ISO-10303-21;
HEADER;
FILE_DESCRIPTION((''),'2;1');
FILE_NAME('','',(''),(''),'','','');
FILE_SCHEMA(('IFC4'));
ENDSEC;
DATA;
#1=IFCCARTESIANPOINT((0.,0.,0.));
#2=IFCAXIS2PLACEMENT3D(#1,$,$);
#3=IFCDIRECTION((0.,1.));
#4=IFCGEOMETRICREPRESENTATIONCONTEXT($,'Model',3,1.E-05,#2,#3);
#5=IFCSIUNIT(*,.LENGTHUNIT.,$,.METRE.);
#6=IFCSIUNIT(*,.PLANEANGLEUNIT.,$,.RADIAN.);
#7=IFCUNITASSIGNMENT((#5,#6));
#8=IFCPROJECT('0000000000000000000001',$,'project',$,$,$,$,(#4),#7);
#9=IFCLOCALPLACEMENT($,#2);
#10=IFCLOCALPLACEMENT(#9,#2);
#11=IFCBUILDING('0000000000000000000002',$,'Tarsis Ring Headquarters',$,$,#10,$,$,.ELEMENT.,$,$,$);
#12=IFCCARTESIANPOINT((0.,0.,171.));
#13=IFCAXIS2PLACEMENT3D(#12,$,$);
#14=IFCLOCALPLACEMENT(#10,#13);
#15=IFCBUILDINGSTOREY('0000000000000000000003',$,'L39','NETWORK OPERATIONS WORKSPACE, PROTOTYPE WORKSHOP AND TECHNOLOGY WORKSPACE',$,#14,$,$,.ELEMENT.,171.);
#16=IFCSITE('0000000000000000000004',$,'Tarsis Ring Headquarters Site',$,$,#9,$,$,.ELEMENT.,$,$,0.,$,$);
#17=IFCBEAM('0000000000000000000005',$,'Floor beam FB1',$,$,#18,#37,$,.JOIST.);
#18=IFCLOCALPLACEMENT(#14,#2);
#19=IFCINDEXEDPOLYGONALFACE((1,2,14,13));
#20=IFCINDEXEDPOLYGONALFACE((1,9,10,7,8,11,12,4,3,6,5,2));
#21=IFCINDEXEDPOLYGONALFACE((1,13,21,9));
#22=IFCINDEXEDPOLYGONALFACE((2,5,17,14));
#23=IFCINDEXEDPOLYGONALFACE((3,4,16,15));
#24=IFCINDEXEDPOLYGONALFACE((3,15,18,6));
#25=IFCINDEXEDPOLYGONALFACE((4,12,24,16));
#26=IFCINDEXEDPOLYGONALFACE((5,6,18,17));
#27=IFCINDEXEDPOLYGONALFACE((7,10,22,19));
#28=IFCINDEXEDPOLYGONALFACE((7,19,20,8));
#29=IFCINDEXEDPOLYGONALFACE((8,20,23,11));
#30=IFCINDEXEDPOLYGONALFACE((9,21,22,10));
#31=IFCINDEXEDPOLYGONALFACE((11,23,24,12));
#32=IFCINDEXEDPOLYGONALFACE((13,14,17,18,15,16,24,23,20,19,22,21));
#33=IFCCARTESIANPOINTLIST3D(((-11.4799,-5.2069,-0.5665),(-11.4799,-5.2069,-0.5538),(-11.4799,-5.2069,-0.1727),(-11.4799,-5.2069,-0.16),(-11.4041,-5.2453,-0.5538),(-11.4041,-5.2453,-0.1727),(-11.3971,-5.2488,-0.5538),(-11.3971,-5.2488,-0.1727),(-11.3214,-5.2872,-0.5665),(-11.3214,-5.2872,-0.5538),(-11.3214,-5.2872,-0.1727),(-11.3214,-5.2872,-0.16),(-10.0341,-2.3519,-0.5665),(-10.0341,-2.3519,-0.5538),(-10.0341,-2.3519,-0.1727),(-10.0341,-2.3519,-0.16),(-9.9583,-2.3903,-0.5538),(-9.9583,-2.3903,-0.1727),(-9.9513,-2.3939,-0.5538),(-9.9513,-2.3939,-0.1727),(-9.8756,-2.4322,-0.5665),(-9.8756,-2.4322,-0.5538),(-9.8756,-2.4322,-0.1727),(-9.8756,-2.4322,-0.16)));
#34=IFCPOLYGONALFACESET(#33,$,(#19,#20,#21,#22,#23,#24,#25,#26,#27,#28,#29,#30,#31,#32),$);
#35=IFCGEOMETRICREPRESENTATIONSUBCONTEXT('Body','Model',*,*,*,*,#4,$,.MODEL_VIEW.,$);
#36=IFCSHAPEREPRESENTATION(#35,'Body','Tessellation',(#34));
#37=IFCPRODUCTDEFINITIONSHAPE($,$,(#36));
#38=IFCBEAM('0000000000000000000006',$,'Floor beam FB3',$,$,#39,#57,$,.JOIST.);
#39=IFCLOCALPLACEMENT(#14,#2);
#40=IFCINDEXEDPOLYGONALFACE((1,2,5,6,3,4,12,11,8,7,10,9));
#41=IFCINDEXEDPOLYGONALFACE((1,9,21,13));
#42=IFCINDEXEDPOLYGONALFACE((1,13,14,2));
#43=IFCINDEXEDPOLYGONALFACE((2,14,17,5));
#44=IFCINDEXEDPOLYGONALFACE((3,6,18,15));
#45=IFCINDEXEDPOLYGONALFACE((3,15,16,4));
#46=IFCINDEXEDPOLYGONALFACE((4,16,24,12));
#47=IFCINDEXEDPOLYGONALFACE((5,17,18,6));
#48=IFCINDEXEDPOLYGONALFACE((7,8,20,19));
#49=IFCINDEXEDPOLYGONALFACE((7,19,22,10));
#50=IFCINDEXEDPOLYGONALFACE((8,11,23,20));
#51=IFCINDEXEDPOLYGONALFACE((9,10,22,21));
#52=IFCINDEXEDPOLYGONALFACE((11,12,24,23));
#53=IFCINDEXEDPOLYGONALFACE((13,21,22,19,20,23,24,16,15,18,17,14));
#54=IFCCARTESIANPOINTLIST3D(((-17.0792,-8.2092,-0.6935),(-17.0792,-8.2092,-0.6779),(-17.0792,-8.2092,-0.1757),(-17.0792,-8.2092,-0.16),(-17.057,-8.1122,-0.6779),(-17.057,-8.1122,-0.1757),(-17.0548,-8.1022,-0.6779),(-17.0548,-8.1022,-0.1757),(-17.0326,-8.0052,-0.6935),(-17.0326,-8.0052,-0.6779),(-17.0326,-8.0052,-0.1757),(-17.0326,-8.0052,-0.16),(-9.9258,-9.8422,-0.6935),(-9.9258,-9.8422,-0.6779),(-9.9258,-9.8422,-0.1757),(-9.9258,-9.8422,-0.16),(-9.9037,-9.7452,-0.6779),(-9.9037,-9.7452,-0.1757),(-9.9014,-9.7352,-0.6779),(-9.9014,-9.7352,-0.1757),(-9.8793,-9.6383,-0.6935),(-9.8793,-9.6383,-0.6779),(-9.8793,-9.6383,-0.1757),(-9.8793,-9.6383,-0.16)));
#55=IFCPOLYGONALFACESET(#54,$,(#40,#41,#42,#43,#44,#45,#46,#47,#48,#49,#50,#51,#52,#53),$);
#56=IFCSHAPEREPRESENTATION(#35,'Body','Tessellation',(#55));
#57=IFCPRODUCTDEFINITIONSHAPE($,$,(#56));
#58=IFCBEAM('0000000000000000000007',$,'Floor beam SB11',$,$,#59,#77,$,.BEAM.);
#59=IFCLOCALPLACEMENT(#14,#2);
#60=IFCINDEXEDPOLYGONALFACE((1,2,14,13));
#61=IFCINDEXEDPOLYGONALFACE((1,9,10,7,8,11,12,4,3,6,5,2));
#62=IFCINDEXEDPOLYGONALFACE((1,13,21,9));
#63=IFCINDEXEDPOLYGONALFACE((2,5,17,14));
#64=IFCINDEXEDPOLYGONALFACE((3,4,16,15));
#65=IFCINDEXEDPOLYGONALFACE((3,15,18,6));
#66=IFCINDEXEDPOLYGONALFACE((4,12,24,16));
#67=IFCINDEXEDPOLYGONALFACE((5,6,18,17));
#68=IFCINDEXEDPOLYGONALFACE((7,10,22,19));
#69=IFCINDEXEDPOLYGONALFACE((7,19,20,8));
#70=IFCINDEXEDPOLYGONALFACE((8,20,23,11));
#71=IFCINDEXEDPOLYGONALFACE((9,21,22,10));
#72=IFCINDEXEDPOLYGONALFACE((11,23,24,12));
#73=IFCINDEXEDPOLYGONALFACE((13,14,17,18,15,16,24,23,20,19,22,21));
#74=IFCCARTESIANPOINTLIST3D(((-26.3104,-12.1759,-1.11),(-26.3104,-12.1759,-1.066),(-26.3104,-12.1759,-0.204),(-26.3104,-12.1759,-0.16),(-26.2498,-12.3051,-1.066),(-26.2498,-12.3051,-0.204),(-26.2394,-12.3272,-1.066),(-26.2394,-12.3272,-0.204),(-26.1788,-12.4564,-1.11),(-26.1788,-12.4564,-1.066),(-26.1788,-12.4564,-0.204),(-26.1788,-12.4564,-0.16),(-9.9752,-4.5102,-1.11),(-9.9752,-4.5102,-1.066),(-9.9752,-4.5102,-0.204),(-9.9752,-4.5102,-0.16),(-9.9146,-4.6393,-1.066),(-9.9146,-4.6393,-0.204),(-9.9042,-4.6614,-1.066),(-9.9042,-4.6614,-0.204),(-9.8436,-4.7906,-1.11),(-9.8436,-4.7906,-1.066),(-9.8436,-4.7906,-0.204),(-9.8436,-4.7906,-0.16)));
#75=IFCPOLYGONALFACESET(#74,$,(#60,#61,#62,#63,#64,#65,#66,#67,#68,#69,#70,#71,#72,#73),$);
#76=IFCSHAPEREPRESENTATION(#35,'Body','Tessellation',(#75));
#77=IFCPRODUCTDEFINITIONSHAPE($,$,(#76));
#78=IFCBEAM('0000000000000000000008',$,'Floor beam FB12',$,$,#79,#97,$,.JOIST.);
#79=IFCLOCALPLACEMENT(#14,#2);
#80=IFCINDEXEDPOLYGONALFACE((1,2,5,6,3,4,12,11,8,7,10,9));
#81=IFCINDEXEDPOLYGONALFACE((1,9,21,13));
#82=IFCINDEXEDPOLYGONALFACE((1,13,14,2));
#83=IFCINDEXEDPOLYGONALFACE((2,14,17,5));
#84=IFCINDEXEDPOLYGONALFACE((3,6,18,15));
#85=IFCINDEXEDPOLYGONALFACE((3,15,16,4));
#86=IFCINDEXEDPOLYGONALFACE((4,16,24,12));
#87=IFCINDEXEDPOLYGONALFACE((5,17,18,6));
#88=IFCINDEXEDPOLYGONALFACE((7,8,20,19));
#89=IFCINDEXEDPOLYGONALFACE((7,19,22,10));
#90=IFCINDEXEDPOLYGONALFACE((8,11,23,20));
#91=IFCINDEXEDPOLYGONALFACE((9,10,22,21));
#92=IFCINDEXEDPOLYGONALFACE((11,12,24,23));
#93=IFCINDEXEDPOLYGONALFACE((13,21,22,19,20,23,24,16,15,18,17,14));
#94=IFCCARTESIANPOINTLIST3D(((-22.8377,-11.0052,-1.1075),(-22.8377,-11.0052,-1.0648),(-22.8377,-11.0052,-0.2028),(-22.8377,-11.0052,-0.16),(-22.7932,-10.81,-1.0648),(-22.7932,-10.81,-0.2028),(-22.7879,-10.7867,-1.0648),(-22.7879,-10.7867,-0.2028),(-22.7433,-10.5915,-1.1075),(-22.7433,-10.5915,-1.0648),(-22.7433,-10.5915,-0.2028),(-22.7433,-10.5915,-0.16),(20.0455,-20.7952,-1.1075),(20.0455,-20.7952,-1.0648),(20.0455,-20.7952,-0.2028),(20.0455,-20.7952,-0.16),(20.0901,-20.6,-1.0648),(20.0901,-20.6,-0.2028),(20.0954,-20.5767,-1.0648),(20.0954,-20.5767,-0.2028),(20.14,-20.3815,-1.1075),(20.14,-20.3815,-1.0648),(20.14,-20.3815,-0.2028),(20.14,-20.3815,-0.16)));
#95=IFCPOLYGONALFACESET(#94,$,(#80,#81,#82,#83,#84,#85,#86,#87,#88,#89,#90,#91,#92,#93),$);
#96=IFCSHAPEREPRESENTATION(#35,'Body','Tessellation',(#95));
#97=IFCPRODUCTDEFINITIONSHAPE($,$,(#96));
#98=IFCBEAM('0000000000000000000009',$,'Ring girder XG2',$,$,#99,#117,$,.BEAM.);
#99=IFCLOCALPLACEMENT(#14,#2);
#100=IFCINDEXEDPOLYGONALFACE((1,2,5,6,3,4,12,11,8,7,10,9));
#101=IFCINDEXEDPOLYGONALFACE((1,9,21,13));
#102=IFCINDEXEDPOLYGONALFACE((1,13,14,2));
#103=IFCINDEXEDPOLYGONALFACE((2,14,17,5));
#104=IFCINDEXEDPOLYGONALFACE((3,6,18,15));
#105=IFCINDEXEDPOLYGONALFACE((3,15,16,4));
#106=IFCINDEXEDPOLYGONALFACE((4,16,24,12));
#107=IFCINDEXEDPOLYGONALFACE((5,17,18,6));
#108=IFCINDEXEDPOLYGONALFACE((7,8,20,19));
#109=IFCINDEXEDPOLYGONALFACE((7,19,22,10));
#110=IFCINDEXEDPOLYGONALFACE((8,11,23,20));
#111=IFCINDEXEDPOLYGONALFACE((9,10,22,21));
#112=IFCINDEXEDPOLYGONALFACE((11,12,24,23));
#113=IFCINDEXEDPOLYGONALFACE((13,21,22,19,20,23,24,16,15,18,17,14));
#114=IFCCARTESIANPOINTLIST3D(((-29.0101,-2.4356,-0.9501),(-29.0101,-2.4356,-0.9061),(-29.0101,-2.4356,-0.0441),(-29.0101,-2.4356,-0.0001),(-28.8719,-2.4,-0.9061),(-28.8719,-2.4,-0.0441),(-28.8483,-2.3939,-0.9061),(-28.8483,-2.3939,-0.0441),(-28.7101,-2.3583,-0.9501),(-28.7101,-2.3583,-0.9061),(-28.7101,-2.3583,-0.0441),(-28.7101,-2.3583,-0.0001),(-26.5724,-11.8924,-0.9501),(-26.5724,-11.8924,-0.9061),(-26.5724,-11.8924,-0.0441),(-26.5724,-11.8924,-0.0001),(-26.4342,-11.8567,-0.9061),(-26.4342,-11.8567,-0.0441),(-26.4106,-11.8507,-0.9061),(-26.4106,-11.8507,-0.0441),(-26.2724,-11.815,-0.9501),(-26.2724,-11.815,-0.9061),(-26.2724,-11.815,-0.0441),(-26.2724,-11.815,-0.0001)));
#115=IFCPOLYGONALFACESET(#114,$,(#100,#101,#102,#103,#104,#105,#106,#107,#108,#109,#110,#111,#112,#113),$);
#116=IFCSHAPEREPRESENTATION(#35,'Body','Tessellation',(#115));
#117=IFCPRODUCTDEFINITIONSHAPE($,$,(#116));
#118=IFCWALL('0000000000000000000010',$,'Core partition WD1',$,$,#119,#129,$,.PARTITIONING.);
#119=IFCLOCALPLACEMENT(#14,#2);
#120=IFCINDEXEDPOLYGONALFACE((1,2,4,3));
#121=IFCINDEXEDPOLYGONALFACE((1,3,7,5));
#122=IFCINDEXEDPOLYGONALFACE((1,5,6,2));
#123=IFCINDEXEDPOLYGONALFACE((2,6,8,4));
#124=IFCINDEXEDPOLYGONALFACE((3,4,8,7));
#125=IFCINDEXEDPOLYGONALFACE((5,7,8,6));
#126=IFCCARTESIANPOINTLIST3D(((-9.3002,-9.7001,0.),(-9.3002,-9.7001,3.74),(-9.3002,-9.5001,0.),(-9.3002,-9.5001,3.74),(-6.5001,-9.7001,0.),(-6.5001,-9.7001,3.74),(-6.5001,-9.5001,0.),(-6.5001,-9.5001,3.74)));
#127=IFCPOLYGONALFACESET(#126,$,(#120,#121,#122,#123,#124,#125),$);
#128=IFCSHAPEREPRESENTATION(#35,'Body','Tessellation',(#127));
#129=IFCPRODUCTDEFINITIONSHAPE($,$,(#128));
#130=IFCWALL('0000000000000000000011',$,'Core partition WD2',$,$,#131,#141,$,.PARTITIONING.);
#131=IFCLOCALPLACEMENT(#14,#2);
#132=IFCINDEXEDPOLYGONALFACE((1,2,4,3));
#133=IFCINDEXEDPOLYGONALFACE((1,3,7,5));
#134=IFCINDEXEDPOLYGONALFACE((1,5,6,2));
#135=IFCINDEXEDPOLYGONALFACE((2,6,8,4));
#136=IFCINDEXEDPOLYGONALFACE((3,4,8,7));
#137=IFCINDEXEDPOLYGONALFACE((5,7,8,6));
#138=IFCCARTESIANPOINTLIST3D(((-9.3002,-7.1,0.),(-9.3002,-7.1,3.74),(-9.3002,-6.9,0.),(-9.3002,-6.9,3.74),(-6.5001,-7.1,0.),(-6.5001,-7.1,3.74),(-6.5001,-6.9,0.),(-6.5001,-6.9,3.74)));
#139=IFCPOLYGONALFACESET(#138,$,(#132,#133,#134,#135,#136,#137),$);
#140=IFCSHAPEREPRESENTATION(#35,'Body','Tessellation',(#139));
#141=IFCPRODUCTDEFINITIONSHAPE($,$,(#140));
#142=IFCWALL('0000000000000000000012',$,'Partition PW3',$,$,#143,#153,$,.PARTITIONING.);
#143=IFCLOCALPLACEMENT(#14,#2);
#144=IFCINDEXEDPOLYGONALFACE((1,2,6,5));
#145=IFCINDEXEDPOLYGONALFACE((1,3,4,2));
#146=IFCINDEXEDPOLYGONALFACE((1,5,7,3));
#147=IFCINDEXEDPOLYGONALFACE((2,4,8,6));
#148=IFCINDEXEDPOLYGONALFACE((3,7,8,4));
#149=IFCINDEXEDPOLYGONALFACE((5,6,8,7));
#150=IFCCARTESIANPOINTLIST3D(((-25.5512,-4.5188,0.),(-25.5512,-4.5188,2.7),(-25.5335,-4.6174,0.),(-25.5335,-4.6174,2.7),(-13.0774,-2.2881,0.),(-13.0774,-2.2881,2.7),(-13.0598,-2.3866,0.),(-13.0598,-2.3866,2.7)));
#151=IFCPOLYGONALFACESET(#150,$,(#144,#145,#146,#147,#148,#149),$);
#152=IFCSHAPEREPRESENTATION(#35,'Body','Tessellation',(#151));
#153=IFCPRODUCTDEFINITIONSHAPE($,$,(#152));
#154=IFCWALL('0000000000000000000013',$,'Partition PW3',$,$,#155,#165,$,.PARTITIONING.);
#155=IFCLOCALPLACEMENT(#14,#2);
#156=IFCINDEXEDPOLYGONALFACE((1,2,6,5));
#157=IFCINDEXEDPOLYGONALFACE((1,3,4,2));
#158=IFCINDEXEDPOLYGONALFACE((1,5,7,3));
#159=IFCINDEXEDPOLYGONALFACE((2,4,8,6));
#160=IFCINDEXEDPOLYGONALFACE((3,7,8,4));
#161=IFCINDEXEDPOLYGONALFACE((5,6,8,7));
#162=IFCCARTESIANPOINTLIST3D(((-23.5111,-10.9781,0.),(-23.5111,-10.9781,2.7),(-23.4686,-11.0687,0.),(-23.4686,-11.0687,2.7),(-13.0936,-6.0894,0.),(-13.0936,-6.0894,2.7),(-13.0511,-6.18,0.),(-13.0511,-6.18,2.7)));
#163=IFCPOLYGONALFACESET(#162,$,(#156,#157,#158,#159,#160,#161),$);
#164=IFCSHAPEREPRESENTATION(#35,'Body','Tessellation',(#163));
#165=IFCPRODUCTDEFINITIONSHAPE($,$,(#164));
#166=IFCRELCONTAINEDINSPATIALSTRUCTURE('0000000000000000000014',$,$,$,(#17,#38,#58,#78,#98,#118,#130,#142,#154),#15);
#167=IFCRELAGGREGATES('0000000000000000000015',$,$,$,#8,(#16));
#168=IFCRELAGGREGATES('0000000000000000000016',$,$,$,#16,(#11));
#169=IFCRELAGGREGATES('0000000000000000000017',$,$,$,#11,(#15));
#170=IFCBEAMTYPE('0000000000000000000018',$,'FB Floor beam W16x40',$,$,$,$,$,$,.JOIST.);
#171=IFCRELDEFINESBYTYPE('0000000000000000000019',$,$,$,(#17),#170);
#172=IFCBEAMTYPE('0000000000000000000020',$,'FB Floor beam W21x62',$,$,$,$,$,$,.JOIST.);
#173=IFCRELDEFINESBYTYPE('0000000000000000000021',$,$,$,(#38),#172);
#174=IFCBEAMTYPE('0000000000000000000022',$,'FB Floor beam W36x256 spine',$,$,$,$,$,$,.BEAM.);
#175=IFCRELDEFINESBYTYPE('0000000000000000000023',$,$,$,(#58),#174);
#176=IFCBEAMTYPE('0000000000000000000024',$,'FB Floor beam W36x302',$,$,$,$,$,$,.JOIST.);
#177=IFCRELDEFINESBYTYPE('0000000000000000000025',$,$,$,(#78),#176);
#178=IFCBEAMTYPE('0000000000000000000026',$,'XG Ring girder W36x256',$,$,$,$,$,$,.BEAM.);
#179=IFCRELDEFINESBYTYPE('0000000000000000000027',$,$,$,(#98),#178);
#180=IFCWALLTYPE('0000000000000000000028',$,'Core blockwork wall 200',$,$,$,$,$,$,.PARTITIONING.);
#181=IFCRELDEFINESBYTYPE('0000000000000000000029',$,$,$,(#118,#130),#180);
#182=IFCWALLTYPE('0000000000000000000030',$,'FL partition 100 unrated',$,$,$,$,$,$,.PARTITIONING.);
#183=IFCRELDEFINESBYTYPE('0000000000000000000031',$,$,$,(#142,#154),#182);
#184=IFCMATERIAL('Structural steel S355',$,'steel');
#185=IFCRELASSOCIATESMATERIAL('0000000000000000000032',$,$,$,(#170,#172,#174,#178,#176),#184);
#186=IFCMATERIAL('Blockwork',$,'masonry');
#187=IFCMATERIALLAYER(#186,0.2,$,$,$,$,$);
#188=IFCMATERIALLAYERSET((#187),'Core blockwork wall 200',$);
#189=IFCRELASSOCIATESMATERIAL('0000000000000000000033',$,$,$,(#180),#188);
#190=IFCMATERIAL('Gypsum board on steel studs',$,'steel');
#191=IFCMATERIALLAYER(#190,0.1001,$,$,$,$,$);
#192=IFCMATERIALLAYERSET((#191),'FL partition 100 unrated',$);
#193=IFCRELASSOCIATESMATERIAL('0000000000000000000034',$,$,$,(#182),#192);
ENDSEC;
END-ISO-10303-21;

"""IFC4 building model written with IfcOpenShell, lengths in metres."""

from ifc_helpers import new_model, si_unit, direction, frame, frame_2d, origin, origin_2d, place, context, subcontext, project, spatial, rectangle, i_section, extrude, material, layer, layer_set, material_profile, profile_set, type_object, element, save


model = new_model("IFC4")

# Units and contexts
model_context = context("Model", 3, precision=1e-05, world=origin(), true_north=direction((0.0, 1.0)))
body_context = subcontext(model_context, "Body", "Model", "MODEL_VIEW")
ifc_project = project(units=[si_unit("LENGTHUNIT", "METRE"), si_unit("PLANEANGLEUNIT", "RADIAN")], contexts=[model_context])

# Site, building, storey
site_placement = place(None, origin())
site = spatial("IfcSite", under=ifc_project, at=site_placement, Name="Tarsis Ring Headquarters Site", CompositionType="ELEMENT", RefElevation=0.0)
building_placement = place(site_placement, origin())
building = spatial("IfcBuilding", under=site, at=building_placement, Name="Tarsis Ring Headquarters", CompositionType="ELEMENT")
storey_placement = place(building_placement, frame((0.0, 0.0, 171.0)))
storey = spatial("IfcBuildingStorey", under=building, at=storey_placement, Name="L39", Description="NETWORK OPERATIONS WORKSPACE, PROTOTYPE WORKSHOP AND TECHNOLOGY WORKSPACE", CompositionType="ELEMENT", Elevation=171.0)

# Shared definitions
ifc_material_1 = material(Name="Structural steel S355", Category="steel")

# Beams
ifc_material_profile_1 = material_profile(ifc_material_1, i_section(OverallWidth=0.1777, OverallDepth=0.4065, WebThickness=0.0078, FlangeThickness=0.0127, at=origin_2d()), Name="W16x40")
ifc_profile_set_1 = profile_set([ifc_material_profile_1], Name="Structural steel S355")
beam_type_1 = type_object("IfcBeamType", Name="FB Floor beam W16x40", PredefinedType="JOIST", material=ifc_profile_set_1)
beam_1_placement = place(storey_placement, frame((-9.9548, -2.3921, -0.3633), z_axis=(-0.451785, -0.892127, 0.0), x_axis=(0.892127, -0.451785, 0.0)))
element("IfcBeam", 1, at=beam_1_placement, inside=storey, type_object=beam_type_1, Name="Floor beam FB1", PredefinedType="JOIST", context=body_context, shape_type="SweptSolid", body=[
    extrude(i_section(OverallWidth=0.1777, OverallDepth=0.4065, WebThickness=0.0078, FlangeThickness=0.0127, at=origin_2d()), origin(), (0.0, 0.0, 1.0), 3.2002),
])
ifc_material_profile_2 = material_profile(ifc_material_1, i_section(OverallWidth=0.2092, OverallDepth=0.5334, WebThickness=0.0103, FlangeThickness=0.0156, at=origin_2d()), Name="W21x62")
ifc_profile_set_2 = profile_set([ifc_material_profile_2], Name="Structural steel S355")
beam_type_2 = type_object("IfcBeamType", Name="FB Floor beam W21x62", PredefinedType="JOIST", material=ifc_profile_set_2)
beam_2_placement = place(storey_placement, frame((-17.0559, -8.1072, -0.4268), z_axis=(0.974917, -0.222567, 0.0), x_axis=(0.222567, 0.974917, 0.0)))
element("IfcBeam", 2, at=beam_2_placement, inside=storey, type_object=beam_type_2, Name="Floor beam FB3", PredefinedType="JOIST", context=body_context, shape_type="SweptSolid", body=[
    extrude(i_section(OverallWidth=0.2092, OverallDepth=0.5334, WebThickness=0.0103, FlangeThickness=0.0156, at=origin_2d()), origin(), (0.0, 0.0, 1.0), 7.3374),
])
ifc_material_profile_3 = material_profile(ifc_material_1, i_section(OverallWidth=0.3098, OverallDepth=0.95, WebThickness=0.0244, FlangeThickness=0.0439, at=origin_2d()), Name="W36x256")
ifc_profile_set_3 = profile_set([ifc_material_profile_3], Name="Structural steel S355")
beam_type_3 = type_object("IfcBeamType", Name="FB Floor beam W36x256 spine", PredefinedType="BEAM", material=ifc_profile_set_3)
beam_3_placement = place(storey_placement, frame((-9.9094, -4.6504, -0.635), z_axis=(-0.905275, -0.424827, 0.0), x_axis=(0.424827, -0.905275, 0.0)))
element("IfcBeam", 3, at=beam_3_placement, inside=storey, type_object=beam_type_3, Name="Floor beam SB11", PredefinedType="BEAM", context=body_context, shape_type="SweptSolid", body=[
    extrude(i_section(OverallWidth=0.3098, OverallDepth=0.95, WebThickness=0.0244, FlangeThickness=0.0439, at=origin_2d()), origin(), (0.0, 0.0, 1.0), 18.0444),
])
ifc_material_profile_4 = material_profile(ifc_material_1, i_section(OverallWidth=0.4243, OverallDepth=0.9475, WebThickness=0.0239, FlangeThickness=0.0427, at=origin_2d()), Name="W36x302")
ifc_profile_set_4 = profile_set([ifc_material_profile_4], Name="Structural steel S355")
beam_type_4 = type_object("IfcBeamType", Name="FB Floor beam W36x302", PredefinedType="JOIST", material=ifc_profile_set_4)
beam_4_placement = place(storey_placement, frame((-22.7905, -10.7983, -0.6338), z_axis=(0.974917, -0.222569, 0.0), x_axis=(0.222569, 0.974917, 0.0)))
element("IfcBeam", 4, at=beam_4_placement, inside=storey, type_object=beam_type_4, Name="Floor beam FB12", PredefinedType="JOIST", context=body_context, shape_type="SweptSolid", body=[
    extrude(i_section(OverallWidth=0.4243, OverallDepth=0.9475, WebThickness=0.0239, FlangeThickness=0.0427, at=origin_2d()), origin(), (0.0, 0.0, 1.0), 43.9866),
])
beam_type_5 = type_object("IfcBeamType", Name="XG Ring girder W36x256", PredefinedType="BEAM", material=ifc_profile_set_3)
beam_5_placement = place(storey_placement, frame((-28.8601, -2.397, -0.4751), z_axis=(0.249617, -0.968345, 0.0), x_axis=(0.968345, 0.249617, 0.0)))
element("IfcBeam", 5, at=beam_5_placement, inside=storey, type_object=beam_type_5, Name="Ring girder XG2", PredefinedType="BEAM", context=body_context, shape_type="SweptSolid", body=[
    extrude(i_section(OverallWidth=0.3098, OverallDepth=0.95, WebThickness=0.0244, FlangeThickness=0.0439, at=origin_2d()), origin(), (0.0, 0.0, 1.0), 9.7659),
])

# Walls
ifc_material_2 = material(Name="Blockwork", Category="masonry")
ifc_layer_1 = layer(ifc_material_2, 0.2)
ifc_layer_set_1 = layer_set([ifc_layer_1], Name="Core blockwork wall 200")
wall_type_1 = type_object("IfcWallType", Name="Core blockwork wall 200", PredefinedType="PARTITIONING", material=ifc_layer_set_1)
for number, where, z_axis, x_axis, name in (
    (6, (-9.3, -9.6001, 0.0), (0.0, 0.0, 1.0), (1.0, 0.0, 0.0), "Core partition WD1"),
    (7, (-9.3, -7.0, 0.0), (0.0, 0.0, 1.0), (1.0, 0.0, 0.0), "Core partition WD2"),
):
    element("IfcWall", number, at=place(storey_placement, frame(where, z_axis=z_axis, x_axis=x_axis)), inside=storey, type_object=wall_type_1, Name=name, PredefinedType="PARTITIONING", context=body_context, shape_type="SweptSolid", body=[
        extrude(rectangle(XDim=2.8, YDim=0.2, at=frame_2d((1.3999, 0.0))), origin(), (0.0, 0.0, 1.0), 3.74),
    ])
ifc_material_3 = material(Name="Gypsum board on steel studs", Category="steel")
ifc_layer_2 = layer(ifc_material_3, 0.1001)
ifc_layer_set_2 = layer_set([ifc_layer_2], Name="FL partition 100 unrated")
wall_type_2 = type_object("IfcWallType", Name="FL partition 100 unrated", PredefinedType="PARTITIONING", material=ifc_layer_set_2)
wall_1_placement = place(storey_placement, frame((-25.5425, -4.5681, 0.0), z_axis=(0.0, 0.0, 1.0), x_axis=(0.984383, 0.176041, 0.0)))
element("IfcWall", 8, at=wall_1_placement, inside=storey, type_object=wall_type_2, Name="Partition PW3", PredefinedType="PARTITIONING", context=body_context, shape_type="SweptSolid", body=[
    extrude(rectangle(XDim=12.6716, YDim=0.1001, at=frame_2d((6.3359, 0.0))), origin(), (0.0, 0.0, 1.0), 2.7),
])
wall_2_placement = place(storey_placement, frame((-23.49, -11.0234, 0.0), z_axis=(0.0, 0.0, 1.0), x_axis=(0.905276, 0.424824, 0.0)))
element("IfcWall", 9, at=wall_2_placement, inside=storey, type_object=wall_type_2, Name="Partition PW3", PredefinedType="PARTITIONING", context=body_context, shape_type="SweptSolid", body=[
    extrude(rectangle(XDim=11.5076, YDim=0.1001, at=frame_2d((5.7539, 0.0))), origin(), (0.0, 0.0, 1.0), 2.7),
])

save(model, "model.ifc")
